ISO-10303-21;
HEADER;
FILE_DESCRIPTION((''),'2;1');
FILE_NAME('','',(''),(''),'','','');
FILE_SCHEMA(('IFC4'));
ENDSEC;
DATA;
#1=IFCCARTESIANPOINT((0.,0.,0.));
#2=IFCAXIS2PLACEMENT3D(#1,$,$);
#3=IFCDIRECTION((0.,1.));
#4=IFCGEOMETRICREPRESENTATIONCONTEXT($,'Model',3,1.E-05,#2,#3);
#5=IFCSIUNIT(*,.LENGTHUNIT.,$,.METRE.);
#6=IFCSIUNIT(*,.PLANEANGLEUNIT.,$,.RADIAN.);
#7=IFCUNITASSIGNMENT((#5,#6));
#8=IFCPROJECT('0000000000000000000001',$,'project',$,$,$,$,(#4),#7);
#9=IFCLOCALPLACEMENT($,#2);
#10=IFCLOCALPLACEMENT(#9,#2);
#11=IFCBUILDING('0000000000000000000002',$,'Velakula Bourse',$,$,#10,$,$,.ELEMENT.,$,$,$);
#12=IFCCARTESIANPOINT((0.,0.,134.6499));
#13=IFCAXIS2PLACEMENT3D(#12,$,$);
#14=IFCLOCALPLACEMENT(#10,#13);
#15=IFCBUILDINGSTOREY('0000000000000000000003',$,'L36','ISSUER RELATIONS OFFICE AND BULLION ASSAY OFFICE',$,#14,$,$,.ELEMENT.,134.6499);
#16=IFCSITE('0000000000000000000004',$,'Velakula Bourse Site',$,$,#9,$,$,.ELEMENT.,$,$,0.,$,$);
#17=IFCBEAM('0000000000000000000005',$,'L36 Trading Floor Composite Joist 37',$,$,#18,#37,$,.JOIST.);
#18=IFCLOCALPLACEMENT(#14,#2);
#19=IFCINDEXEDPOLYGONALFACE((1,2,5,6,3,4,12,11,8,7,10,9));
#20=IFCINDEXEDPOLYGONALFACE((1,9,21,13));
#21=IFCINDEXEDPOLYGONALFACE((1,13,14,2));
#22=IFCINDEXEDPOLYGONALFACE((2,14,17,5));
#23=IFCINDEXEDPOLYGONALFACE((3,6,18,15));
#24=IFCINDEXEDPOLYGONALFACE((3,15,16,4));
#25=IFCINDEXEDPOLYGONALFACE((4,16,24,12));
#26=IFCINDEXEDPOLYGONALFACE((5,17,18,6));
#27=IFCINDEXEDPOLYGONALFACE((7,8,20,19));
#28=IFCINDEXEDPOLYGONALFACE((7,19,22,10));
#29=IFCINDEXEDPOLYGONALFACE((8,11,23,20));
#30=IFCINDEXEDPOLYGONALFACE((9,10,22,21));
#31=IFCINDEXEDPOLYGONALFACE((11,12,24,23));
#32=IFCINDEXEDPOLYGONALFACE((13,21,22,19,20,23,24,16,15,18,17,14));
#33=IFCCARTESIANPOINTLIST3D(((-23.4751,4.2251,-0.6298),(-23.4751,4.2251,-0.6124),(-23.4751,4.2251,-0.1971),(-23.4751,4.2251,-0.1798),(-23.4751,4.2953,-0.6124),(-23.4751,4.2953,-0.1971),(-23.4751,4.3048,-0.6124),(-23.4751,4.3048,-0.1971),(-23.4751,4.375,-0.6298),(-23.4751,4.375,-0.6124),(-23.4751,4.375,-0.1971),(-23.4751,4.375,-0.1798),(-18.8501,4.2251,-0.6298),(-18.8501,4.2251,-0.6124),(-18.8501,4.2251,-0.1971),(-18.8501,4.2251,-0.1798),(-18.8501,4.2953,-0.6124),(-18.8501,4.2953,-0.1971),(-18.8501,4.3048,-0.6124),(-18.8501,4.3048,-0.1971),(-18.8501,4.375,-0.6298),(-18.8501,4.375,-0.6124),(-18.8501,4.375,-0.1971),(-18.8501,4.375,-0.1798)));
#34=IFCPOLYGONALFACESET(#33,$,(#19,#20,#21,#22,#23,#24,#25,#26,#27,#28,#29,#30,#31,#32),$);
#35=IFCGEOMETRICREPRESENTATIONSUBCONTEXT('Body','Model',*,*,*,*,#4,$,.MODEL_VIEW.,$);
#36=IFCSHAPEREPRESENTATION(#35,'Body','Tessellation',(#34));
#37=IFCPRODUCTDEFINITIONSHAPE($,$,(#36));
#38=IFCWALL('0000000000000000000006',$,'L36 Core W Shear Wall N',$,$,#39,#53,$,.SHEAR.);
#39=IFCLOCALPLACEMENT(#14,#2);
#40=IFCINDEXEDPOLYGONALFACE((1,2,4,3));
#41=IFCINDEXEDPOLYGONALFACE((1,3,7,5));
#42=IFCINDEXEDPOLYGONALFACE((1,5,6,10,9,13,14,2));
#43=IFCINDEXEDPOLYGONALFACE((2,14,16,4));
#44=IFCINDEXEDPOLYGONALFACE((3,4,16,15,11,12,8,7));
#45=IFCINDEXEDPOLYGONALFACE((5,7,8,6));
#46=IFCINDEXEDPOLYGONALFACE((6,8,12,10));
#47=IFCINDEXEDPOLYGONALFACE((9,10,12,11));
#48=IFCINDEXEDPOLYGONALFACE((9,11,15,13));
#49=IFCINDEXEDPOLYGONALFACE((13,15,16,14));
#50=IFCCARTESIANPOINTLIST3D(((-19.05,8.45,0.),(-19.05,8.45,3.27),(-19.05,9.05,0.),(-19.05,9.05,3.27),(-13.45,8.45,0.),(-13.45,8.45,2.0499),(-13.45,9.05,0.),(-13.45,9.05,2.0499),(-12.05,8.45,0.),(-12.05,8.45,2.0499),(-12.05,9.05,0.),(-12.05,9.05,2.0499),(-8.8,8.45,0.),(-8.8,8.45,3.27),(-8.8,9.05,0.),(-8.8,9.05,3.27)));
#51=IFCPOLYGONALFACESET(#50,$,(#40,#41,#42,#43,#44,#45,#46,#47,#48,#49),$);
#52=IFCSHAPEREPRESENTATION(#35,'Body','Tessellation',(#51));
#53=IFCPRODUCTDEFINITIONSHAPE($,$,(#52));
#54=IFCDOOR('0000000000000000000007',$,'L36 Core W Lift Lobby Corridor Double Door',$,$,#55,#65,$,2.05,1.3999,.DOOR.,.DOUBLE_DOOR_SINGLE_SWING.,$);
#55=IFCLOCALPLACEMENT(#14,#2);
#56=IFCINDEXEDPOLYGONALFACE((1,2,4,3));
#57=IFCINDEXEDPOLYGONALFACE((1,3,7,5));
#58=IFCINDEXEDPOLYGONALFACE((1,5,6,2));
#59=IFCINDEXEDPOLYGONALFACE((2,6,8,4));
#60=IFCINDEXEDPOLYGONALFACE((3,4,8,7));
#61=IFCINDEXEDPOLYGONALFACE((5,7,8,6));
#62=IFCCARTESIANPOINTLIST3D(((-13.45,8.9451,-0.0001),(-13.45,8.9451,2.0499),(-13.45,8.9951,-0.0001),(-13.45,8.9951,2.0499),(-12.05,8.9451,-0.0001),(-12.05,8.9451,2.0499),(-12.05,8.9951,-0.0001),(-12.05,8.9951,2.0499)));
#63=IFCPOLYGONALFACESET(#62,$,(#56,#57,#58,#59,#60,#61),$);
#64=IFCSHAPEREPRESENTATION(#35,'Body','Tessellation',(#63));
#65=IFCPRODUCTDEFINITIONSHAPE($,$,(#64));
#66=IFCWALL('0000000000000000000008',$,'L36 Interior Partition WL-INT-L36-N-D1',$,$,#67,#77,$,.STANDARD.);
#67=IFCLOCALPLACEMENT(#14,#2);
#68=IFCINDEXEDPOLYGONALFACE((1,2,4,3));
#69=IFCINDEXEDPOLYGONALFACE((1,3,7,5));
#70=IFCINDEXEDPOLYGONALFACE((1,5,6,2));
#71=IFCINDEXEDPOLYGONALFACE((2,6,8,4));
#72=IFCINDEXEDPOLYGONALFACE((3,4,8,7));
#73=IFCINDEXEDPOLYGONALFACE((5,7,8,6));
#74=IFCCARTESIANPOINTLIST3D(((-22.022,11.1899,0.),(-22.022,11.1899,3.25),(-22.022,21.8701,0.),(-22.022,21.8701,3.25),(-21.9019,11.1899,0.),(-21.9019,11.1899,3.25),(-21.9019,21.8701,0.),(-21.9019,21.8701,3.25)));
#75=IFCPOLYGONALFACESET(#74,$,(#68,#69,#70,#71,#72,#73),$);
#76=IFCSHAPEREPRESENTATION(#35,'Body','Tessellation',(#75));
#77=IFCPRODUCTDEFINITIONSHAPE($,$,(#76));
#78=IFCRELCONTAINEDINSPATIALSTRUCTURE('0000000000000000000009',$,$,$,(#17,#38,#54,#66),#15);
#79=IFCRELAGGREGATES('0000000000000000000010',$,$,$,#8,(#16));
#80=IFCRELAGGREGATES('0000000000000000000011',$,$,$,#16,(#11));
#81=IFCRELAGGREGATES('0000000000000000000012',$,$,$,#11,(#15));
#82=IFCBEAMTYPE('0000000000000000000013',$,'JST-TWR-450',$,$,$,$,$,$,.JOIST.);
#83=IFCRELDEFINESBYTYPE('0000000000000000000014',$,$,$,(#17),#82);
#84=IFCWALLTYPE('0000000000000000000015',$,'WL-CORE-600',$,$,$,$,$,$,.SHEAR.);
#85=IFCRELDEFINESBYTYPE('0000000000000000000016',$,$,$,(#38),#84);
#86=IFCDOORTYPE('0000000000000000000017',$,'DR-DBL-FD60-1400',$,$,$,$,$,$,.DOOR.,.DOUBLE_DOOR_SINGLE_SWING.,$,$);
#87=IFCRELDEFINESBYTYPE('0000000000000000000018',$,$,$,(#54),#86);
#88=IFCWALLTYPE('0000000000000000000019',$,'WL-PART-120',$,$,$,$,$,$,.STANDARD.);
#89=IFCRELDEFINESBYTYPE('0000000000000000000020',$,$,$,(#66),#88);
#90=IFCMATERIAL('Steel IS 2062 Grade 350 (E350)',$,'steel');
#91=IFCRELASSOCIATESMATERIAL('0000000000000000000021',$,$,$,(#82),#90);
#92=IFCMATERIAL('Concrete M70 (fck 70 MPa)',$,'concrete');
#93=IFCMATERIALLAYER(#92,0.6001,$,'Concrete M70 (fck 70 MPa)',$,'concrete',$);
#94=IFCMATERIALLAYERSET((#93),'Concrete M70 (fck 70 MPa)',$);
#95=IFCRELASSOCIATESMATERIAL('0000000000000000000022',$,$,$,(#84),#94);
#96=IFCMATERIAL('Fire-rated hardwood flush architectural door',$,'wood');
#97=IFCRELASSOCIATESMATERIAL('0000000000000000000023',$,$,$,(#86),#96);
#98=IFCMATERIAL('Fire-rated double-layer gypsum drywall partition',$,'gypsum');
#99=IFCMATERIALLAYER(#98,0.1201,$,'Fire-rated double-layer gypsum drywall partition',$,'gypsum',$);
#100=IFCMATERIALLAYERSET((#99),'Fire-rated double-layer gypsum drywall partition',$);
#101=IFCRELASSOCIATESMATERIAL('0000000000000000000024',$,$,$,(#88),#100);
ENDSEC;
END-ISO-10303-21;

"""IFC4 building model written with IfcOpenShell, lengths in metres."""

from ifc_helpers import new_model, si_unit, direction, frame, frame_2d, origin, origin_2d, place, context, subcontext, project, spatial, rectangle, i_section, extrude, material, layer, layer_set, material_profile, profile_set, type_object, element, fill, save


model = new_model("IFC4")

# Units and contexts
model_context = context("Model", 3, precision=1e-05, world=origin(), true_north=direction((0.0, 1.0)))
body_context = subcontext(model_context, "Body", "Model", "MODEL_VIEW")
ifc_project = project(units=[si_unit("LENGTHUNIT", "METRE"), si_unit("PLANEANGLEUNIT", "RADIAN")], contexts=[model_context])

# Site, building, storey
site_placement = place(None, origin())
site = spatial("IfcSite", under=ifc_project, at=site_placement, Name="Velakula Bourse Site", CompositionType="ELEMENT", RefElevation=0.0)
building_placement = place(site_placement, origin())
building = spatial("IfcBuilding", under=site, at=building_placement, Name="Velakula Bourse", CompositionType="ELEMENT")
storey_placement = place(building_placement, frame((0.0, 0.0, 134.6499)))
storey = spatial("IfcBuildingStorey", under=building, at=storey_placement, Name="L36", Description="ISSUER RELATIONS OFFICE AND BULLION ASSAY OFFICE", CompositionType="ELEMENT", Elevation=134.6499)

# Shared definitions
ifc_material_1 = material(Name="Concrete M70 (fck 70 MPa)", Category="concrete")
ifc_material_2 = material(Name="Steel IS 2062 Grade 350 (E350)", Category="steel")

# Beam
ifc_material_profile_1 = material_profile(ifc_material_2, i_section(OverallWidth=0.1499, OverallDepth=0.45, WebThickness=0.0095, FlangeThickness=0.0173, at=origin_2d()), Name="Steel IS 2062 Grade 350 (E350)")
ifc_profile_set_1 = profile_set([ifc_material_profile_1], Name="Steel IS 2062 Grade 350 (E350)")
beam_type_1 = type_object("IfcBeamType", Name="JST-TWR-450", PredefinedType="JOIST", material=ifc_profile_set_1)
beam_1_placement = place(storey_placement, frame((-23.4751, 4.3, -0.4048), z_axis=(1.0, 0.0, 0.0), x_axis=(0.0, 1.0, 0.0)))
element("IfcBeam", 1, at=beam_1_placement, inside=storey, type_object=beam_type_1, Name="L36 Trading Floor Composite Joist 37", PredefinedType="JOIST", context=body_context, shape_type="SweptSolid", body=[
    extrude(i_section(OverallWidth=0.1499, OverallDepth=0.45, WebThickness=0.0095, FlangeThickness=0.0173, at=origin_2d()), origin(), (0.0, 0.0, 1.0), 4.625),
])

# Wall, opening, door
ifc_layer_1 = layer(ifc_material_1, 0.6001, Name="Concrete M70 (fck 70 MPa)", Category="concrete")
ifc_layer_set_1 = layer_set([ifc_layer_1], Name="Concrete M70 (fck 70 MPa)")
wall_type_1 = type_object("IfcWallType", Name="WL-CORE-600", PredefinedType="SHEAR", material=ifc_layer_set_1)
wall_1_placement = place(storey_placement, frame((-19.05, 8.75, 0.0), z_axis=(0.0, 0.0, 1.0), x_axis=(1.0, 0.0, 0.0)))
wall_1 = element("IfcWall", 2, at=wall_1_placement, inside=storey, type_object=wall_type_1, Name="L36 Core W Shear Wall N", PredefinedType="SHEAR", context=body_context, shape_type="SweptSolid", body=[
    extrude(rectangle(XDim=10.25, YDim=0.6001, at=frame_2d((5.125, 0.0))), origin(), (0.0, 0.0, 1.0), 3.27),
])
opening_placement = place(wall_1_placement, frame((5.6001, 0.0, 0.0)))
opening = element("IfcOpeningElement", 3, at=opening_placement, cuts=wall_1, PredefinedType="OPENING", context=body_context, shape_type="SweptSolid", body=[
    extrude(rectangle(XDim=1.3999, YDim=2.05, at=frame_2d((0.7, 1.0249))), frame((0.0, 0.3101, 0.0), z_axis=(0.0, -1.0, 0.0), x_axis=(1.0, 0.0, 0.0)), (0.0, 0.0, 1.0), 0.6201),
])
ifc_material_3 = material(Name="Fire-rated hardwood flush architectural door", Category="wood")
door_type = type_object("IfcDoorType", Name="DR-DBL-FD60-1400", OperationType="DOUBLE_DOOR_SINGLE_SWING", PredefinedType="DOOR", material=ifc_material_3)
door_placement = place(opening_placement, origin())
door = element("IfcDoor", 4, at=door_placement, inside=storey, type_object=door_type, Name="L36 Core W Lift Lobby Corridor Double Door", OperationType="DOUBLE_DOOR_SINGLE_SWING", OverallHeight=2.05, OverallWidth=1.3999, PredefinedType="DOOR", context=body_context, shape_type="SweptSolid", body=[
    extrude(rectangle(XDim=1.3999, YDim=2.05, at=frame_2d((0.7, 1.0249))), frame((0.0, 0.2451, 0.0), z_axis=(0.0, -1.0, 0.0), x_axis=(1.0, 0.0, 0.0)), (0.0, 0.0, 1.0), 0.05),
])
fill(opening, door)

# Wall
ifc_material_4 = material(Name="Fire-rated double-layer gypsum drywall partition", Category="gypsum")
ifc_layer_2 = layer(ifc_material_4, 0.1201, Name="Fire-rated double-layer gypsum drywall partition", Category="gypsum")
ifc_layer_set_2 = layer_set([ifc_layer_2], Name="Fire-rated double-layer gypsum drywall partition")
wall_type_2 = type_object("IfcWallType", Name="WL-PART-120", PredefinedType="STANDARD", material=ifc_layer_set_2)
wall_2_placement = place(storey_placement, frame((-21.9619, 11.1899, 0.0), z_axis=(0.0, 0.0, 1.0), x_axis=(0.0, 1.0, 0.0)))
element("IfcWall", 5, at=wall_2_placement, inside=storey, type_object=wall_type_2, Name="L36 Interior Partition WL-INT-L36-N-D1", PredefinedType="STANDARD", context=body_context, shape_type="SweptSolid", body=[
    extrude(rectangle(XDim=10.6802, YDim=0.1201, at=frame_2d((5.3401, 0.0))), origin(), (0.0, 0.0, 1.0), 3.25),
])

save(model, "model.ifc")
